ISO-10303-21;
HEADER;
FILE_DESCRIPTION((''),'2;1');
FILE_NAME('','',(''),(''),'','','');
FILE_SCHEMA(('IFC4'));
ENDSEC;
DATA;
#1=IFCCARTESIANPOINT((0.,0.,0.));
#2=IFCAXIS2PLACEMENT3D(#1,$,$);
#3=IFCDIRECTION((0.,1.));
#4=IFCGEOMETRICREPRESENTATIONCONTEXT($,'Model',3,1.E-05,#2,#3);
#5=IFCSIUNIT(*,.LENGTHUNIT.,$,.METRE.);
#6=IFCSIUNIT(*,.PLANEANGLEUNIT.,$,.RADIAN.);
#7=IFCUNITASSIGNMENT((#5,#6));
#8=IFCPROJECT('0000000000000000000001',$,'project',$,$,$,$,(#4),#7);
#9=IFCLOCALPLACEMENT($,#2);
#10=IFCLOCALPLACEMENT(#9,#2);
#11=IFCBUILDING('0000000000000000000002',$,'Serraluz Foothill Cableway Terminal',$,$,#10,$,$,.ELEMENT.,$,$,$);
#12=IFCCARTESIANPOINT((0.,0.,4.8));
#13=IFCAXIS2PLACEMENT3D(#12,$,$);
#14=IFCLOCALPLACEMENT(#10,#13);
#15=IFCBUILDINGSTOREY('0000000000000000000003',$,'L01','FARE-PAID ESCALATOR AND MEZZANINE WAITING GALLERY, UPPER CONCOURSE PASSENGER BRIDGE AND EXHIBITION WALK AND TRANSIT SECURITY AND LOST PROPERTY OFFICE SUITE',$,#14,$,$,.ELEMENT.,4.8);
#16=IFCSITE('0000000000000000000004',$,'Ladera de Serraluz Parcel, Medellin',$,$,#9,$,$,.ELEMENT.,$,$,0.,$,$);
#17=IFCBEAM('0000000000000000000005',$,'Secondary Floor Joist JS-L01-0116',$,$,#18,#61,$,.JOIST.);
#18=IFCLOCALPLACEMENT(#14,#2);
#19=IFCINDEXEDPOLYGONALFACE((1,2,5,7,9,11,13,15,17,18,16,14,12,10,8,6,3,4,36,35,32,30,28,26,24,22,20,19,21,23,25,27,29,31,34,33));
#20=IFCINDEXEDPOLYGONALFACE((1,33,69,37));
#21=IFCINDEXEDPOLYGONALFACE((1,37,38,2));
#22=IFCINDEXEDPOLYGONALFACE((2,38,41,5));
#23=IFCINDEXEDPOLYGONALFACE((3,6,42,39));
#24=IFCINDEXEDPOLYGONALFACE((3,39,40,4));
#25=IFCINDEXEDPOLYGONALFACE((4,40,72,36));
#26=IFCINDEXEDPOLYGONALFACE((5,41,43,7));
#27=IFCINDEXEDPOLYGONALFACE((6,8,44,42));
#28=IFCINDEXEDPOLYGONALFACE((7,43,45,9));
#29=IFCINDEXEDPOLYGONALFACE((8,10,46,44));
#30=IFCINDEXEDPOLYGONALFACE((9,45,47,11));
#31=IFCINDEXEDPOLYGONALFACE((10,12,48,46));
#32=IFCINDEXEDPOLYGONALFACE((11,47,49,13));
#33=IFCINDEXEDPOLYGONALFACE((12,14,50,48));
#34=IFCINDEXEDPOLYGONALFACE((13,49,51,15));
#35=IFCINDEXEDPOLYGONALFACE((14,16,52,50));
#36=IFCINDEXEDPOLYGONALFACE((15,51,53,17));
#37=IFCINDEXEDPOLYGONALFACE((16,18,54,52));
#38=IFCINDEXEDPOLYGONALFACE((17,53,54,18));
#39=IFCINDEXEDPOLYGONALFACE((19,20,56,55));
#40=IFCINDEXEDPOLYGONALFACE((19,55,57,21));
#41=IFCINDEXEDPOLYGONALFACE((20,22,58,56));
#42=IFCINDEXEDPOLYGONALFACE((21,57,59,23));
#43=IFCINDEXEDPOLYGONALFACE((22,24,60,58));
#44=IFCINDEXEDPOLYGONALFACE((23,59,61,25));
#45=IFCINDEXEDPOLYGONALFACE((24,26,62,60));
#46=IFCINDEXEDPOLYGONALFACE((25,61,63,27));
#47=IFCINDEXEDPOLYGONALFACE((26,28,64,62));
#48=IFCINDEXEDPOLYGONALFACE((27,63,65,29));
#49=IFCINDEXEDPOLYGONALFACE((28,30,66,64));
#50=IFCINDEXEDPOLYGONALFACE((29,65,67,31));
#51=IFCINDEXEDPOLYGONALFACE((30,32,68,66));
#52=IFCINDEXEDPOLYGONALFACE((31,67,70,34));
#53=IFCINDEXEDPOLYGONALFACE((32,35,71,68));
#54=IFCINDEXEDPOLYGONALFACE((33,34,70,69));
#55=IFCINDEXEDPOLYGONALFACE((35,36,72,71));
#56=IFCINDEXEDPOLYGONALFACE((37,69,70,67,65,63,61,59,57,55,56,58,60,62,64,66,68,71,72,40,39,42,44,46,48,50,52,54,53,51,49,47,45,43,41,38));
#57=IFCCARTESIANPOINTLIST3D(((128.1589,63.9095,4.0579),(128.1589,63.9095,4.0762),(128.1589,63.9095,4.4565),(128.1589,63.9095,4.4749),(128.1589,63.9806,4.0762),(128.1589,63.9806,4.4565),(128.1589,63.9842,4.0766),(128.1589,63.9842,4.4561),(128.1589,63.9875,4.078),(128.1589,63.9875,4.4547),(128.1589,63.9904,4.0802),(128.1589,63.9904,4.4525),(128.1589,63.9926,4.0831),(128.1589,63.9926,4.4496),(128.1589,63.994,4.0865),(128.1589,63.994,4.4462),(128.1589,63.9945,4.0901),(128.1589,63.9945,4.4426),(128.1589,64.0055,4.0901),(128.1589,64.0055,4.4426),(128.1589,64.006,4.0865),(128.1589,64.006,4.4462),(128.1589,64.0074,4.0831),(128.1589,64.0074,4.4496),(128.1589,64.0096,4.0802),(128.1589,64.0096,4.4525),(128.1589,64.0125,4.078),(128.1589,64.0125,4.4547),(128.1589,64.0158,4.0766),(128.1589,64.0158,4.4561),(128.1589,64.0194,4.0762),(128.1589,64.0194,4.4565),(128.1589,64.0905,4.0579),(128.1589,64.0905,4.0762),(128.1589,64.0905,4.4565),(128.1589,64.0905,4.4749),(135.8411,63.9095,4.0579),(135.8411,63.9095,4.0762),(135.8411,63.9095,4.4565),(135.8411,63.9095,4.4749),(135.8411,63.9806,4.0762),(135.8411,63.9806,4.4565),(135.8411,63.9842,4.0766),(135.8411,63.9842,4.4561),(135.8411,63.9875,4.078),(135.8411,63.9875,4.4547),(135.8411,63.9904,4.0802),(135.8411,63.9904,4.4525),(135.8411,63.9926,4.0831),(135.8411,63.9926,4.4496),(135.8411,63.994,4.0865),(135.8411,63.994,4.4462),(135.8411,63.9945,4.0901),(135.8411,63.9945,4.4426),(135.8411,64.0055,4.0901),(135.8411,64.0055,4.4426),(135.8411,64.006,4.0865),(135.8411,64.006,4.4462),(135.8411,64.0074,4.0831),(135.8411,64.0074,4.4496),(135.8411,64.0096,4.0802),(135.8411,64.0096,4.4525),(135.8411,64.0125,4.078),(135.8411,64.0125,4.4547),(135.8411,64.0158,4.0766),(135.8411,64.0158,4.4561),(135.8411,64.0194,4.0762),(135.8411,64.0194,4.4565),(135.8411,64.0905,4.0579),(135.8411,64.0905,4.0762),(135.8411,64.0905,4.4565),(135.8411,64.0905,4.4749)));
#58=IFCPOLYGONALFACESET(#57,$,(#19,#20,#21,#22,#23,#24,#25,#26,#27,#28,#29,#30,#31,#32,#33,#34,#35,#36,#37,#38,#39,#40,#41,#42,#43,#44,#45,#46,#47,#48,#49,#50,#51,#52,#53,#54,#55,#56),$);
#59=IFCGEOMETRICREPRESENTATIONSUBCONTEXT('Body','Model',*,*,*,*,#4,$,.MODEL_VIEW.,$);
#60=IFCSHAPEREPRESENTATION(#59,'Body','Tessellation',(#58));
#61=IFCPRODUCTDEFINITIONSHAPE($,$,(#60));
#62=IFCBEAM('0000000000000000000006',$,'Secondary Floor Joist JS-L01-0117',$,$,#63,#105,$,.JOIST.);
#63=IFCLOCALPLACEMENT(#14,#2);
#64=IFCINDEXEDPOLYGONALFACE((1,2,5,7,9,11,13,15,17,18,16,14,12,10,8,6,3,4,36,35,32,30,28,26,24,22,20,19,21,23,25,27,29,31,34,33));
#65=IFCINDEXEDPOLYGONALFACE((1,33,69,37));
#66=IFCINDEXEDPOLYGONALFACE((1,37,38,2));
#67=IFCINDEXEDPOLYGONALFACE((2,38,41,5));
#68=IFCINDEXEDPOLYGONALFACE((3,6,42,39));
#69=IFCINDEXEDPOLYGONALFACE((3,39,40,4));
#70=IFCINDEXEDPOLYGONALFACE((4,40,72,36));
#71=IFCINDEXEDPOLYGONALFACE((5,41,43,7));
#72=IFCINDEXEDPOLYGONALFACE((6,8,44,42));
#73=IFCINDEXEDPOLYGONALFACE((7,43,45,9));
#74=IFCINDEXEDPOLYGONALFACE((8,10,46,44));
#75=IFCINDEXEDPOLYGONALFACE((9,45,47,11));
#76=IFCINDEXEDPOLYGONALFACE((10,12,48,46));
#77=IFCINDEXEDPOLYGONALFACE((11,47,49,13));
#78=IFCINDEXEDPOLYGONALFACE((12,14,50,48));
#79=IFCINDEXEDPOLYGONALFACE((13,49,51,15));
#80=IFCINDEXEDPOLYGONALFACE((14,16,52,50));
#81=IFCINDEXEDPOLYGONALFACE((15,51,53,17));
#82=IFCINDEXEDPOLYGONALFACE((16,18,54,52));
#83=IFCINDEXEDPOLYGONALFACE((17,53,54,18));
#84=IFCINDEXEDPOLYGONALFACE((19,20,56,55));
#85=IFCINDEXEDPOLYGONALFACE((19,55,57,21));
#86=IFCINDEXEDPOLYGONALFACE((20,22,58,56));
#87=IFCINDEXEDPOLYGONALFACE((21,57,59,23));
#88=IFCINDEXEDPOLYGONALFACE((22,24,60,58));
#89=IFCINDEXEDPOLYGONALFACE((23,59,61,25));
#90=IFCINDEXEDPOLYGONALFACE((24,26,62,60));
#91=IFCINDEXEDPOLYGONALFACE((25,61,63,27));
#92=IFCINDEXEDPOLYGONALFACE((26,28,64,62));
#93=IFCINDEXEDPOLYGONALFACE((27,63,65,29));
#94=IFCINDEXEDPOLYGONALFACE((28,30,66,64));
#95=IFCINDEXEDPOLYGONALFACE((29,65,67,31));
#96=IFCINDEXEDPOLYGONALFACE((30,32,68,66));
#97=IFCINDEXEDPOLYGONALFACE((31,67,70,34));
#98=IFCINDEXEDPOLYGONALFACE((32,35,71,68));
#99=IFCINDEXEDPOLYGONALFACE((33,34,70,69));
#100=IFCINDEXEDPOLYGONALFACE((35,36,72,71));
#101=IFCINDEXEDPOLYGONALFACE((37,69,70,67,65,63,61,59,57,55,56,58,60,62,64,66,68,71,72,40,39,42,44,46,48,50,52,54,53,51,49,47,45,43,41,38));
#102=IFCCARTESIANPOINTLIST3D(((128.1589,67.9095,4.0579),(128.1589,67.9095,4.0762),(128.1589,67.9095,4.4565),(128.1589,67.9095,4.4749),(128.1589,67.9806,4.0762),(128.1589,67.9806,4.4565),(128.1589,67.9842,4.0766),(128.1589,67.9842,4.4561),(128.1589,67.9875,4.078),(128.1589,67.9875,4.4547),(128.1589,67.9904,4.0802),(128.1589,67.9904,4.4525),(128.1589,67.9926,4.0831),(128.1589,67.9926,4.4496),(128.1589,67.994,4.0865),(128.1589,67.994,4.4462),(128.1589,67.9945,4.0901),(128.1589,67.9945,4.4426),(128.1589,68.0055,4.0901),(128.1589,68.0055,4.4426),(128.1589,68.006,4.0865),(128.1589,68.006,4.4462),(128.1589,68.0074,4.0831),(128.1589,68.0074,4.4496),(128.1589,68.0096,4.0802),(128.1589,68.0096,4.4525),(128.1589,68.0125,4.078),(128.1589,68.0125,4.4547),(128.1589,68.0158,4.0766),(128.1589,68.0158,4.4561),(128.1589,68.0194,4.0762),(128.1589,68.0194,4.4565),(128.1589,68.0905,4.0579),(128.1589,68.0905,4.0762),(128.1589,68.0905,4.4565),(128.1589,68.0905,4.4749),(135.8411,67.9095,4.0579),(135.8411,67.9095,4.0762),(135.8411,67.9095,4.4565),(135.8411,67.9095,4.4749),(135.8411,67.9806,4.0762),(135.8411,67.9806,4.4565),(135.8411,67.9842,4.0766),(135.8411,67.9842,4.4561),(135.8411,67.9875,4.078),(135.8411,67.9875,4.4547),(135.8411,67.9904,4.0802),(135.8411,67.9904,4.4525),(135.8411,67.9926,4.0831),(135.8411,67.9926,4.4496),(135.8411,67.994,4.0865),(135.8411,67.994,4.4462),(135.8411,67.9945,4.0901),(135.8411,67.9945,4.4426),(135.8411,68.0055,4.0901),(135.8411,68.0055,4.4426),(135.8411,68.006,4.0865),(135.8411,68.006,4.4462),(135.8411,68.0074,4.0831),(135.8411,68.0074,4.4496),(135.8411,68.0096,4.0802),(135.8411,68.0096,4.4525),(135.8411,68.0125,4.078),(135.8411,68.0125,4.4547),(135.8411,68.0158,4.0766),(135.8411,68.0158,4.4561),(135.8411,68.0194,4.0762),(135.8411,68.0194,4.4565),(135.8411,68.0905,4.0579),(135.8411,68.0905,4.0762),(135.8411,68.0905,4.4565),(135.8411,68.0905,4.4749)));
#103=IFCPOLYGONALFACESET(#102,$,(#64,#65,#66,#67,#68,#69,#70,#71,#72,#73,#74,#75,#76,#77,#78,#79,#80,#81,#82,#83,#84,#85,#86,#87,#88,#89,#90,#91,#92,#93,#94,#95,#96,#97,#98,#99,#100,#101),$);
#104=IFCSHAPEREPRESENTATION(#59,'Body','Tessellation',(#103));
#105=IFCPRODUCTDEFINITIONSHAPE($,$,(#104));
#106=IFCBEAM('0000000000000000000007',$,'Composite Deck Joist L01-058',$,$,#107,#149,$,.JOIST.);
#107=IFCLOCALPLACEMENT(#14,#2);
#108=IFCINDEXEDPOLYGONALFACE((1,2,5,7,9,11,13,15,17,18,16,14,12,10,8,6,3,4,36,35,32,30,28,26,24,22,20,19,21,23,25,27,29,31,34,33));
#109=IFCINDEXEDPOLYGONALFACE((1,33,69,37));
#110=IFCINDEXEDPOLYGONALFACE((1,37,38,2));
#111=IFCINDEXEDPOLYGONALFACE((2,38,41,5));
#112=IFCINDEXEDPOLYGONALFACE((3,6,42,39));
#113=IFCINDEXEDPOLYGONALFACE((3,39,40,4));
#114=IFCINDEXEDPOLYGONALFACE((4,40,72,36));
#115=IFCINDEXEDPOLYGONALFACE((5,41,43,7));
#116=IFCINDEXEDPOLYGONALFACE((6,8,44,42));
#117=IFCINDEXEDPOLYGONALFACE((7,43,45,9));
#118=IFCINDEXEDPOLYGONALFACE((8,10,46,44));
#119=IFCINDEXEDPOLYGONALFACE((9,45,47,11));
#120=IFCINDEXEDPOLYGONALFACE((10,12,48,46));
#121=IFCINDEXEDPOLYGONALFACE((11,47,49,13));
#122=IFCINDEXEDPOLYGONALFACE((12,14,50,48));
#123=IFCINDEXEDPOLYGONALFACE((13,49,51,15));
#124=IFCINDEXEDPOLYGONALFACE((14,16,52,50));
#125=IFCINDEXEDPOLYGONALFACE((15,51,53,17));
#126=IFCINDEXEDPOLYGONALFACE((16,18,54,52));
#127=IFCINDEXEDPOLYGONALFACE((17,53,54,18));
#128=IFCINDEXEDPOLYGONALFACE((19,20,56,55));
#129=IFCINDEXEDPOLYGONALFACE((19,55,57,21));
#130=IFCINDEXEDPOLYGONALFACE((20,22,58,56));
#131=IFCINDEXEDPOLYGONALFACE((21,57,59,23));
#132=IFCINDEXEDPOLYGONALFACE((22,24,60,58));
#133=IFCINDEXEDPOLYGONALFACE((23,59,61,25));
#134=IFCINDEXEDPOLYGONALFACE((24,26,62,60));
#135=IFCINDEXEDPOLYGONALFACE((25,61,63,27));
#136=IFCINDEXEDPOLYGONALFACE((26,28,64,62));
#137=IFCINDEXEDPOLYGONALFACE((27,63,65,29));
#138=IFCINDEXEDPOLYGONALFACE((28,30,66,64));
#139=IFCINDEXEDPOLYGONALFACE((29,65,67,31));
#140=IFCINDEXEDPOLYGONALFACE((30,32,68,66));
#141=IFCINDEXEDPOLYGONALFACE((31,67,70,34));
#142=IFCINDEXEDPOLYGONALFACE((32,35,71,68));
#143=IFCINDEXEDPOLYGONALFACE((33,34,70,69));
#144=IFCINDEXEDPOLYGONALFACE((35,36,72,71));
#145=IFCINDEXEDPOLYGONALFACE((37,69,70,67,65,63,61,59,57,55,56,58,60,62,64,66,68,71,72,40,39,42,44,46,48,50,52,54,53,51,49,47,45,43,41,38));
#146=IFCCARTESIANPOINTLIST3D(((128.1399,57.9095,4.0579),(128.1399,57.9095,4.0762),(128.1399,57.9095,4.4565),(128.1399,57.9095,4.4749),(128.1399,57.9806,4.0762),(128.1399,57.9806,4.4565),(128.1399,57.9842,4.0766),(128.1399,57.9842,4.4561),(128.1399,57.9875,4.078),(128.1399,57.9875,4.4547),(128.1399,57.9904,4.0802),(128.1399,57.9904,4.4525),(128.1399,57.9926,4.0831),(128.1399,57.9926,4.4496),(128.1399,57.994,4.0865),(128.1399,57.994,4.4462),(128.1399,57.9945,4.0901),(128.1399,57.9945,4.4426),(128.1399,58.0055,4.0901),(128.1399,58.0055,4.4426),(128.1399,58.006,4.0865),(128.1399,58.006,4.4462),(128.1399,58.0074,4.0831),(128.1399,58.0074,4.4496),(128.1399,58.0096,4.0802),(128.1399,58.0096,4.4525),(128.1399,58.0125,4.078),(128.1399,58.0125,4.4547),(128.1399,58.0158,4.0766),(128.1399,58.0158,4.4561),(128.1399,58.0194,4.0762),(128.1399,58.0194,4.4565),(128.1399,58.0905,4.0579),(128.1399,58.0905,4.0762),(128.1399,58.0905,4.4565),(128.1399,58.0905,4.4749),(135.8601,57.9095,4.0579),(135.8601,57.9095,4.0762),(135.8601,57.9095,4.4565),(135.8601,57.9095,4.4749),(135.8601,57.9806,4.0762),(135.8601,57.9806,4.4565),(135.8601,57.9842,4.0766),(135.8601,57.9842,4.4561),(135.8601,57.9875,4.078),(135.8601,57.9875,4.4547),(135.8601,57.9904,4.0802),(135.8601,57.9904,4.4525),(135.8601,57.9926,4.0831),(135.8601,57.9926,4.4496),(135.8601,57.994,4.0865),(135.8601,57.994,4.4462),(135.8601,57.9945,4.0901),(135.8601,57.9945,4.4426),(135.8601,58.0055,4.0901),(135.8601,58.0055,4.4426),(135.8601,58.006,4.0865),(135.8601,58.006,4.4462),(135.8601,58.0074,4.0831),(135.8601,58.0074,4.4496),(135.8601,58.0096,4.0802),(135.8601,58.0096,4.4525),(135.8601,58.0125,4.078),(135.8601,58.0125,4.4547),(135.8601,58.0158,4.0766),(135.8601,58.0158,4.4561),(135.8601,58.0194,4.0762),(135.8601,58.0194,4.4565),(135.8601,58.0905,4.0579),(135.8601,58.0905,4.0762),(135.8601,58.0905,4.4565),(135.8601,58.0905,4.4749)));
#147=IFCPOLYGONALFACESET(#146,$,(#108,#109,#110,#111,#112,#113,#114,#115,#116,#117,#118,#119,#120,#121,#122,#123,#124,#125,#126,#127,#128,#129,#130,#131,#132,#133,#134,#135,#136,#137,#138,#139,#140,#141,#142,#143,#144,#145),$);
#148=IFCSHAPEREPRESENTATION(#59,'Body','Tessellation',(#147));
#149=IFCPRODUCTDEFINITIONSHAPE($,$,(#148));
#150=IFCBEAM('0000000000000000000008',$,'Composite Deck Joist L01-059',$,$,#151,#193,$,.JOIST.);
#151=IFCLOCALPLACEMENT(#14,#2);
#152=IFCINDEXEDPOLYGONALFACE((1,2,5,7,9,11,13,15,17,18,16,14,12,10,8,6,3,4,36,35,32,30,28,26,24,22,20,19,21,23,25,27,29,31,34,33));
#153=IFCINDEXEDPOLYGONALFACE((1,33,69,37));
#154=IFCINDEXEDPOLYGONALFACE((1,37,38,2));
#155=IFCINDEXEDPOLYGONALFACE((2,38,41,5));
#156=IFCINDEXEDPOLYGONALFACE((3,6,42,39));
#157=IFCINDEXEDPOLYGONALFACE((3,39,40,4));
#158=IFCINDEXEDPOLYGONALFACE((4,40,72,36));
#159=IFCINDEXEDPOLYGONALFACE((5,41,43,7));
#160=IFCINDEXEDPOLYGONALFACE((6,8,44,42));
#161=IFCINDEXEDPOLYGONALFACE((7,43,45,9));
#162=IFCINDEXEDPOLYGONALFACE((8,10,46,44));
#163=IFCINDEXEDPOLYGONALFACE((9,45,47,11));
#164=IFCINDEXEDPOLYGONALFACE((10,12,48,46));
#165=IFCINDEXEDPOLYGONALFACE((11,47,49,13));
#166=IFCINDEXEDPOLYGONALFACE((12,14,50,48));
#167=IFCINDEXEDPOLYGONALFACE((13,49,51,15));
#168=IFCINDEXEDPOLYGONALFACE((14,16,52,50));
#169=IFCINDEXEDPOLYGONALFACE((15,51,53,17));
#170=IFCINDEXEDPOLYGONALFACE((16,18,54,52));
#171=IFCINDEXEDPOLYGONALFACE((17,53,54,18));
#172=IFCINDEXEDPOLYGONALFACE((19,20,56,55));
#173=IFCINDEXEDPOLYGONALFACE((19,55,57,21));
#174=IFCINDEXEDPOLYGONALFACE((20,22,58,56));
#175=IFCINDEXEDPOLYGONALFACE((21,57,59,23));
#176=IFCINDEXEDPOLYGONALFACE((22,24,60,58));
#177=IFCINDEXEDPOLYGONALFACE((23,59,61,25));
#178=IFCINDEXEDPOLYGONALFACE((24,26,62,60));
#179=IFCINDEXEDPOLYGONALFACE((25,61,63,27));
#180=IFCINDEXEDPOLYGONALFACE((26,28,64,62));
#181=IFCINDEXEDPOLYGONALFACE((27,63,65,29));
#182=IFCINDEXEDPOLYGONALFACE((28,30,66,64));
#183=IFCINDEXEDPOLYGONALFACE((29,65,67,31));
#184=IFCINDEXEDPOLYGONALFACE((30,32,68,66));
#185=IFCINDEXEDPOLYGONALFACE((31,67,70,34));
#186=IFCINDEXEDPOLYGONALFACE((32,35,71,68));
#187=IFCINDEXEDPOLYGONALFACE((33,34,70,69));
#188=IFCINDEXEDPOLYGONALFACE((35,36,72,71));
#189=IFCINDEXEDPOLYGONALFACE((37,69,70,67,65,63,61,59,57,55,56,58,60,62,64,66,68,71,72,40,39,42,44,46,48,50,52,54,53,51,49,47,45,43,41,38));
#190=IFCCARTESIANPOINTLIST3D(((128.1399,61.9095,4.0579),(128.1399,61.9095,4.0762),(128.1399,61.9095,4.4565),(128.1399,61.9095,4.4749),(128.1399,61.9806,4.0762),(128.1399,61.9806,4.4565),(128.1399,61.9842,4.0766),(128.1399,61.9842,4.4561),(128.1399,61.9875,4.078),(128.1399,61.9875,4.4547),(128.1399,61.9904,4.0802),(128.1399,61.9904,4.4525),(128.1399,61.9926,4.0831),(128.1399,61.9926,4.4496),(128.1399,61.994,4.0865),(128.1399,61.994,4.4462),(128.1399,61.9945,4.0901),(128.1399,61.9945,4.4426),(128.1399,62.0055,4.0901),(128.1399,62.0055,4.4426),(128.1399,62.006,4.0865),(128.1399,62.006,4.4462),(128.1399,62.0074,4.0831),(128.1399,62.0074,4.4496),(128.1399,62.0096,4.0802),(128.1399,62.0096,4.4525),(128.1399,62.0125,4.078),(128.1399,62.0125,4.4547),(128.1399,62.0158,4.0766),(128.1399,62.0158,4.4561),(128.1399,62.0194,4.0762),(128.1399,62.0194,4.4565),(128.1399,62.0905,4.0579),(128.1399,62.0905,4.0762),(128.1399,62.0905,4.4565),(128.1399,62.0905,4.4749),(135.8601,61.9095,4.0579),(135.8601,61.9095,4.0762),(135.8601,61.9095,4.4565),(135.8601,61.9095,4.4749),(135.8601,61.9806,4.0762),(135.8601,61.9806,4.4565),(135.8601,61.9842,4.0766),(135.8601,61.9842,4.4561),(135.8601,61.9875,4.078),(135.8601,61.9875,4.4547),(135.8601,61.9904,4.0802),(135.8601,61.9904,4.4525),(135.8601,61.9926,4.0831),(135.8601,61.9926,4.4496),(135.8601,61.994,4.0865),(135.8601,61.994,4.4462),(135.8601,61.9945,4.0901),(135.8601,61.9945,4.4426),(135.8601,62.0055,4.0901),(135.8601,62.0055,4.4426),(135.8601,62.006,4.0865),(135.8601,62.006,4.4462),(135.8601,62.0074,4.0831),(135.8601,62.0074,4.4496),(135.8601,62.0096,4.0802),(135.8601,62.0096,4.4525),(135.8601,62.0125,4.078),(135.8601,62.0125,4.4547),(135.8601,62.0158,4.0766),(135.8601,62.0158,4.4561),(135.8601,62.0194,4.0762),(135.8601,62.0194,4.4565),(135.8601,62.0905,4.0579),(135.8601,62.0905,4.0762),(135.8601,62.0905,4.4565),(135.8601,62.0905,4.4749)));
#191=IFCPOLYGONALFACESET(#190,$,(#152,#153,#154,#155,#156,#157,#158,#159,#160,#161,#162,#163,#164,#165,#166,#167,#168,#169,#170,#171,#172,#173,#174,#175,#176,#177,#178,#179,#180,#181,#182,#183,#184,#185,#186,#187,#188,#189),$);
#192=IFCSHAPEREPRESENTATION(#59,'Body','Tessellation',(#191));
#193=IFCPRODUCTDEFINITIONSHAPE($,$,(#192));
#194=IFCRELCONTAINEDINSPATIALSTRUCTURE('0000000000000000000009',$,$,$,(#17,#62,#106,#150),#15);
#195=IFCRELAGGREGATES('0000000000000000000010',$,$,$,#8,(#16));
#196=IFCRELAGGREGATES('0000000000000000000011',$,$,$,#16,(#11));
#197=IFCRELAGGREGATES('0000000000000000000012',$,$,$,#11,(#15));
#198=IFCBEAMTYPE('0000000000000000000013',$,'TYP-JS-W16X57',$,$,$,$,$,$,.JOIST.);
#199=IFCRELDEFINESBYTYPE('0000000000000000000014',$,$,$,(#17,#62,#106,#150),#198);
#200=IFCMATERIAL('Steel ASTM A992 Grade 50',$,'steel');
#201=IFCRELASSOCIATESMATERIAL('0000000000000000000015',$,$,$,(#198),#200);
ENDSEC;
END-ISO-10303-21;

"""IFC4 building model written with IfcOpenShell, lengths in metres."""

from ifc_helpers import new_model, si_unit, direction, frame, origin, origin_2d, place, context, subcontext, project, spatial, i_section, extrude, material, material_profile, profile_set, type_object, element, save


model = new_model("IFC4")

# Units and contexts
model_context = context("Model", 3, precision=1e-05, world=origin(), true_north=direction((0.0, 1.0)))
body_context = subcontext(model_context, "Body", "Model", "MODEL_VIEW")
ifc_project = project(units=[si_unit("LENGTHUNIT", "METRE"), si_unit("PLANEANGLEUNIT", "RADIAN")], contexts=[model_context])

# Site, building, storey
site_placement = place(None, origin())
site = spatial("IfcSite", under=ifc_project, at=site_placement, Name="Ladera de Serraluz Parcel, Medellin", CompositionType="ELEMENT", RefElevation=0.0)
building_placement = place(site_placement, origin())
building = spatial("IfcBuilding", under=site, at=building_placement, Name="Serraluz Foothill Cableway Terminal", CompositionType="ELEMENT")
storey_placement = place(building_placement, frame((0.0, 0.0, 4.8)))
storey = spatial("IfcBuildingStorey", under=building, at=storey_placement, Name="L01", Description="FARE-PAID ESCALATOR AND MEZZANINE WAITING GALLERY, UPPER CONCOURSE PASSENGER BRIDGE AND EXHIBITION WALK AND TRANSIT SECURITY AND LOST PROPERTY OFFICE SUITE", CompositionType="ELEMENT", Elevation=4.8)

# Beams
ifc_material_1 = material(Name="Steel ASTM A992 Grade 50", Category="steel")
ifc_material_profile_1 = material_profile(ifc_material_1, i_section(OverallWidth=0.1809, OverallDepth=0.417, WebThickness=0.011, FlangeThickness=0.0183, FilletRadius=0.0139, at=origin_2d()), Name="W16X57")
ifc_profile_set_1 = profile_set([ifc_material_profile_1], Name="Steel ASTM A992 Grade 50")
beam_type_1 = type_object("IfcBeamType", Name="TYP-JS-W16X57", PredefinedType="JOIST", material=ifc_profile_set_1)
for number, where, z_axis, x_axis, name in (
    (1, (128.1589, 64.0, 4.2664), (1.0, 0.0, 0.0), (0.0, 1.0, 0.0), "Secondary Floor Joist JS-L01-0116"),
    (2, (128.1589, 68.0, 4.2664), (1.0, 0.0, 0.0), (0.0, 1.0, 0.0), "Secondary Floor Joist JS-L01-0117"),
):
    element("IfcBeam", number, at=place(storey_placement, frame(where, z_axis=z_axis, x_axis=x_axis)), inside=storey, type_object=beam_type_1, Name=name, PredefinedType="JOIST", context=body_context, shape_type="SweptSolid", body=[
        extrude(i_section(OverallWidth=0.1809, OverallDepth=0.417, WebThickness=0.011, FlangeThickness=0.0183, FilletRadius=0.0139, at=origin_2d()), origin(), (0.0, 0.0, 1.0), 7.6821),
    ])
for number, where, z_axis, x_axis, name in (
    (3, (128.1399, 58.0, 4.2664), (1.0, 0.0, 0.0), (0.0, 1.0, 0.0), "Composite Deck Joist L01-058"),
    (4, (128.1399, 62.0, 4.2664), (1.0, 0.0, 0.0), (0.0, 1.0, 0.0), "Composite Deck Joist L01-059"),
):
    element("IfcBeam", number, at=place(storey_placement, frame(where, z_axis=z_axis, x_axis=x_axis)), inside=storey, type_object=beam_type_1, Name=name, PredefinedType="JOIST", context=body_context, shape_type="SweptSolid", body=[
        extrude(i_section(OverallWidth=0.1809, OverallDepth=0.417, WebThickness=0.011, FlangeThickness=0.0183, FilletRadius=0.0139, at=origin_2d()), origin(), (0.0, 0.0, 1.0), 7.7202),
    ])

save(model, "model.ifc")
